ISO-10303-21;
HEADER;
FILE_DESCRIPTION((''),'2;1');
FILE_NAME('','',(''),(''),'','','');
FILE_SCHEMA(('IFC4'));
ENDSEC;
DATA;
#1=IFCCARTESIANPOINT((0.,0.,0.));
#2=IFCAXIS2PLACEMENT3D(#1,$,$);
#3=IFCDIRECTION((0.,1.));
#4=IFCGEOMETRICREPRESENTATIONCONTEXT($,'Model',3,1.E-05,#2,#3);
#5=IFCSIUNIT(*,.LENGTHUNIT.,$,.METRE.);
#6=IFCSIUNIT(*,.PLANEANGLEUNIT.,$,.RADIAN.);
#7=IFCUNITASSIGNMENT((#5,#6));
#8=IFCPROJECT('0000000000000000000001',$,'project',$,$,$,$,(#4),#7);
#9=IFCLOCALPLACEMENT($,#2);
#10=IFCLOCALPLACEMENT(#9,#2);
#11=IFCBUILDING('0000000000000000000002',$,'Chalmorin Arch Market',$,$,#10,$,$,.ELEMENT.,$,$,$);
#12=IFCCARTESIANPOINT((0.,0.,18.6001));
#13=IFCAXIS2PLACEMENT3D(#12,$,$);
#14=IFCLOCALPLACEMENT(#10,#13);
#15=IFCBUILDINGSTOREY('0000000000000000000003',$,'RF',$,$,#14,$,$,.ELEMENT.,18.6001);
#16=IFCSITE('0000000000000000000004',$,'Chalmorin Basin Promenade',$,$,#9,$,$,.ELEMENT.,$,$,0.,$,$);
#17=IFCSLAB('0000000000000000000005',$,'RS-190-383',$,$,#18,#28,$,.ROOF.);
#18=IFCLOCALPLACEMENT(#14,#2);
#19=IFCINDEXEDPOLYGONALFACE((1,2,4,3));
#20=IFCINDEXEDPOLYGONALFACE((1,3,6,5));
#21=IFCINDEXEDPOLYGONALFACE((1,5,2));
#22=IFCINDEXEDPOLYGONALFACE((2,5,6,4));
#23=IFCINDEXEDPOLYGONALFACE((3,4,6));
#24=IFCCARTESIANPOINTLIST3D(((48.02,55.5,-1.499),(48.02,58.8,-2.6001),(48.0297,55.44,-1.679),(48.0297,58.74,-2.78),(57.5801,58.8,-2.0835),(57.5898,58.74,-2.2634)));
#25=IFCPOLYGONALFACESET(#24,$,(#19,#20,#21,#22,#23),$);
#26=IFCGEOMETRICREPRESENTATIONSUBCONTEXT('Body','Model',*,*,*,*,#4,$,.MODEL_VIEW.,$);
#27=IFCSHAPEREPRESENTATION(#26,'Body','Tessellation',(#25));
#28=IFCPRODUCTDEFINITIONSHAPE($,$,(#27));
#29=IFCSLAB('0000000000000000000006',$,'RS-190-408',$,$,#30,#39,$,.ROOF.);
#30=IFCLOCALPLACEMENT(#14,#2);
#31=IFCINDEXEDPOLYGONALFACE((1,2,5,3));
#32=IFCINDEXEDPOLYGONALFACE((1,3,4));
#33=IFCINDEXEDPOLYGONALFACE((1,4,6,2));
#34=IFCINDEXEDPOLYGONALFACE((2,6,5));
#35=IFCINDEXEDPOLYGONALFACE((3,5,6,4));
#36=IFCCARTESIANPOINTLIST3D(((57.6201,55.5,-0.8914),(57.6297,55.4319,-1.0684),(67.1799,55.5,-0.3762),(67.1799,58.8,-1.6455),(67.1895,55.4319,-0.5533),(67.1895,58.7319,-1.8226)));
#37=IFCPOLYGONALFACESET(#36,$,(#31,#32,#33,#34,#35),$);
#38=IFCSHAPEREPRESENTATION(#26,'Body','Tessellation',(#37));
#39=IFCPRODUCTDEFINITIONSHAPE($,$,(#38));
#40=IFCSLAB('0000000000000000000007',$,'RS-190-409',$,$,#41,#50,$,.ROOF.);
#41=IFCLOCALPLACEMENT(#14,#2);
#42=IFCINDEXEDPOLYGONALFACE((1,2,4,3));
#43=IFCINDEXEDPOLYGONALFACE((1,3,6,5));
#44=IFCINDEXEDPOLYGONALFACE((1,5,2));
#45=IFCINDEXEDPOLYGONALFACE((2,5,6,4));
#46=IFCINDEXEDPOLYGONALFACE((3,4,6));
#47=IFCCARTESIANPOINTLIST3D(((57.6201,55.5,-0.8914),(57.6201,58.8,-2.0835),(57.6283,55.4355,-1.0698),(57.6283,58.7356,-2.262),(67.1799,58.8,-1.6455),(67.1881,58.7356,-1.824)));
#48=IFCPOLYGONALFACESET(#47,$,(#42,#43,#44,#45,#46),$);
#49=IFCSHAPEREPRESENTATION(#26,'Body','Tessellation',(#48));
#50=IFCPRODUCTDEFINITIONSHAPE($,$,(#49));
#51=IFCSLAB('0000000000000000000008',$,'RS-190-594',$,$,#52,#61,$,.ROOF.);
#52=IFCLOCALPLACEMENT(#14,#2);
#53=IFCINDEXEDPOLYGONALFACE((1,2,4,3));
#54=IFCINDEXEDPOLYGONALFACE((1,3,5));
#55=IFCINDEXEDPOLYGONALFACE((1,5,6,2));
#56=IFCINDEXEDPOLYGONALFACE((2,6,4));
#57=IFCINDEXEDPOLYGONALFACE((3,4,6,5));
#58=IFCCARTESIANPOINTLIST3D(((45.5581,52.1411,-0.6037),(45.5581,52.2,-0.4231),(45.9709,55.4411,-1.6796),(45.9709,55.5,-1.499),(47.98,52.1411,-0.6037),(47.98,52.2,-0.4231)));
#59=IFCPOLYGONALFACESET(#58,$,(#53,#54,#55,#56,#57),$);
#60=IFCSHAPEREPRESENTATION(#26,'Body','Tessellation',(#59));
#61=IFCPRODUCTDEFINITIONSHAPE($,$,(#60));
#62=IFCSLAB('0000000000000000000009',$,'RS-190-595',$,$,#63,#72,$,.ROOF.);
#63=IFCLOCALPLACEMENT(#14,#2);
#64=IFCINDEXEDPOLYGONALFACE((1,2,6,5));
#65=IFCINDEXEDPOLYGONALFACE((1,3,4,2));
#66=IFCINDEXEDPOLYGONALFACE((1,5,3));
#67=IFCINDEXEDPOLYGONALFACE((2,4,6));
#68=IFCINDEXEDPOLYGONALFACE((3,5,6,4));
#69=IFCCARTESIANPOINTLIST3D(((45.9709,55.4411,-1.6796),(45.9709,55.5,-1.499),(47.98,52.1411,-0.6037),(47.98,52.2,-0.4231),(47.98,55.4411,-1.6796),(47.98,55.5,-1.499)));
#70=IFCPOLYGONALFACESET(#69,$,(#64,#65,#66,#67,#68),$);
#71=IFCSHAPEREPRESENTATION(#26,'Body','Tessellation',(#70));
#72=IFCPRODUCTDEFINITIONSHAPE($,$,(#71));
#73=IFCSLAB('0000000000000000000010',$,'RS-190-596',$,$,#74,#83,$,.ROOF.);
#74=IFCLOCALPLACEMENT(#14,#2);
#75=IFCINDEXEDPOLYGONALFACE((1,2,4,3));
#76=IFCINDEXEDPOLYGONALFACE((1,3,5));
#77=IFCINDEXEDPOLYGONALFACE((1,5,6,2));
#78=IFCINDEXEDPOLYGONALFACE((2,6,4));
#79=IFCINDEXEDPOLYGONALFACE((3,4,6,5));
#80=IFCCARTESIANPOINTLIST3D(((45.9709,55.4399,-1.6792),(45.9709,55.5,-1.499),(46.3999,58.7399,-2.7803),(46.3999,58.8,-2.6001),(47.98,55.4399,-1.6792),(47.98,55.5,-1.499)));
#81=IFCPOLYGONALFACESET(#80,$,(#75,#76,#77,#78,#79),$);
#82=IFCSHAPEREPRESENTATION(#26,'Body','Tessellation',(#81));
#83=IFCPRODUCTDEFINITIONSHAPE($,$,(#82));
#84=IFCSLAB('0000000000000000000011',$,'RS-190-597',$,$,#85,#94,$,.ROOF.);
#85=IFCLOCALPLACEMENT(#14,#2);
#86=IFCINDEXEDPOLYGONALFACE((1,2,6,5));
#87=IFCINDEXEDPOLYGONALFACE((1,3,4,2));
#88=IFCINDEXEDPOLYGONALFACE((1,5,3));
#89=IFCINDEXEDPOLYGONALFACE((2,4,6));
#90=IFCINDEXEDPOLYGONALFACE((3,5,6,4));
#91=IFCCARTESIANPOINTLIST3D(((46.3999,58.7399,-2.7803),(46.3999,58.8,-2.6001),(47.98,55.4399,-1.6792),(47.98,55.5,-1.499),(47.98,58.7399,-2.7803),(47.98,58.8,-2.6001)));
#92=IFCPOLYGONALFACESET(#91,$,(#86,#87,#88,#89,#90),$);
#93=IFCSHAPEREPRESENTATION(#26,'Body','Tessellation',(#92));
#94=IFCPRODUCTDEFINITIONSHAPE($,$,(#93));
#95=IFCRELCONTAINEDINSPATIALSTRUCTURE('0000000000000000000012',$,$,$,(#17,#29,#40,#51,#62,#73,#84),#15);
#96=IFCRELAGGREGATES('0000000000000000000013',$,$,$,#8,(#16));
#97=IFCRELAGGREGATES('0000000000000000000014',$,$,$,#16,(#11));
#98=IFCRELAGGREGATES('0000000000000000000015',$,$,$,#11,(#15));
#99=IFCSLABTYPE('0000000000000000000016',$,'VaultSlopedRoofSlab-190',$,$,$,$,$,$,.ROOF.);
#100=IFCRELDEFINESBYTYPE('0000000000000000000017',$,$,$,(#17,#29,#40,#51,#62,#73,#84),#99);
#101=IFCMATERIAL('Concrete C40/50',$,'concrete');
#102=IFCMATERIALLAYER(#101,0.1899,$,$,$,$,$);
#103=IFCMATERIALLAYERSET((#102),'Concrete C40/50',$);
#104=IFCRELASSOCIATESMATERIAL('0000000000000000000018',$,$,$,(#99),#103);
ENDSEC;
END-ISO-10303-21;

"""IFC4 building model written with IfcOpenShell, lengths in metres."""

from ifc_helpers import new_model, si_unit, direction, frame, origin, place, context, subcontext, project, spatial, polyline, outline, extrude, material, layer, layer_set, type_object, element, save


model = new_model("IFC4")

# Units and contexts
model_context = context("Model", 3, precision=1e-05, world=origin(), true_north=direction((0.0, 1.0)))
body_context = subcontext(model_context, "Body", "Model", "MODEL_VIEW")
ifc_project = project(units=[si_unit("LENGTHUNIT", "METRE"), si_unit("PLANEANGLEUNIT", "RADIAN")], contexts=[model_context])

# Site, building, storey
site_placement = place(None, origin())
site = spatial("IfcSite", under=ifc_project, at=site_placement, Name="Chalmorin Basin Promenade", CompositionType="ELEMENT", RefElevation=0.0)
building_placement = place(site_placement, origin())
building = spatial("IfcBuilding", under=site, at=building_placement, Name="Chalmorin Arch Market", CompositionType="ELEMENT")
storey_placement = place(building_placement, frame((0.0, 0.0, 18.6001)))
storey = spatial("IfcBuildingStorey", under=building, at=storey_placement, Name="RF", CompositionType="ELEMENT", Elevation=18.6001)

# Slabs
ifc_material_1 = material(Name="Concrete C40/50", Category="concrete")
ifc_layer_1 = layer(ifc_material_1, 0.1899)
ifc_layer_set_1 = layer_set([ifc_layer_1], Name="Concrete C40/50")
slab_type_1 = type_object("IfcSlabType", Name="VaultSlopedRoofSlab-190", PredefinedType="ROOF", material=ifc_layer_set_1)
slab_1_placement = place(storey_placement, frame((48.02, 55.5, -1.499), z_axis=(-0.051192, 0.316086, 0.947348), x_axis=(0.943692, 0.325754, -0.057694)))
element("IfcSlab", 1, at=slab_1_placement, inside=storey, type_object=slab_type_1, Name="RS-190-383", PredefinedType="ROOF", context=body_context, shape_type="SweptSolid", body=[
    extrude(outline(polyline([(0.0, 0.0), (10.1305, 0.0), (1.1385, 3.2873), (0.0, 0.0)])), origin(), (0.0, 0.0, -1.0), 0.1899),
])
slab_2_placement = place(storey_placement, frame((57.6201, 55.5, -0.8914), z_axis=(-0.05023, 0.358535, 0.932164), x_axis=(0.998551, 0.0, 0.053808)))
element("IfcSlab", 2, at=slab_2_placement, inside=storey, type_object=slab_type_1, Name="RS-190-408", PredefinedType="ROOF", context=body_context, shape_type="SweptSolid", body=[
    extrude(outline(polyline([(0.0, 0.0), (9.5737, 0.0), (9.5054, 3.5351), (0.0, 0.0)])), origin(), (0.0, 0.0, -1.0), 0.1899),
])
slab_3_placement = place(storey_placement, frame((57.6201, 55.5, -0.8914), z_axis=(-0.04305, 0.339444, 0.939641), x_axis=(0.942647, 0.325402, -0.074363)))
element("IfcSlab", 3, at=slab_3_placement, inside=storey, type_object=slab_type_1, Name="RS-190-409", PredefinedType="ROOF", context=body_context, shape_type="SweptSolid", body=[
    extrude(outline(polyline([(0.0, 0.0), (10.1415, 0.0), (1.1625, 3.3106), (0.0, 0.0)])), origin(), (0.0, 0.0, -1.0), 0.1899),
])
slab_4_placement = place(storey_placement, frame((45.9709, 55.5, -1.499), z_axis=(0.0, 0.309975, 0.950745), x_axis=(-0.118107, -0.94409, 0.307805)))
element("IfcSlab", 4, at=slab_4_placement, inside=storey, type_object=slab_type_1, Name="RS-190-594", PredefinedType="ROOF", context=body_context, shape_type="SweptSolid", body=[
    extrude(outline(polyline([(0.0, 0.0), (3.4955, 0.0), (3.2094, 2.4049), (0.0, 0.0)])), origin(), (0.0, 0.0, -1.0), 0.1899),
])
slab_5_placement = place(storey_placement, frame((47.98, 55.5, -1.499), z_axis=(0.0, 0.309975, 0.950745), x_axis=(-1.0, 0.0, 0.0)))
element("IfcSlab", 5, at=slab_5_placement, inside=storey, type_object=slab_type_1, Name="RS-190-595", PredefinedType="ROOF", context=body_context, shape_type="SweptSolid", body=[
    extrude(outline(polyline([(0.0, 0.0), (2.009, 0.0), (0.0, 3.471), (0.0, 0.0)])), origin(), (0.0, 0.0, -1.0), 0.1899),
])
slab_6_placement = place(storey_placement, frame((46.3999, 58.8, -2.6001), z_axis=(0.0, 0.316501, 0.948592), x_axis=(-0.122375, -0.941462, 0.314123)))
element("IfcSlab", 6, at=slab_6_placement, inside=storey, type_object=slab_type_1, Name="RS-190-596", PredefinedType="ROOF", context=body_context, shape_type="SweptSolid", body=[
    extrude(outline(polyline([(0.0, 0.0), (3.5052, 0.0), (3.2594, 1.9939), (0.0, 0.0)])), origin(), (0.0, 0.0, -1.0), 0.1899),
])
slab_7_placement = place(storey_placement, frame((47.98, 58.8, -2.6001), z_axis=(0.0, 0.316501, 0.948592), x_axis=(-1.0, 0.0, 0.0)))
element("IfcSlab", 7, at=slab_7_placement, inside=storey, type_object=slab_type_1, Name="RS-190-597", PredefinedType="ROOF", context=body_context, shape_type="SweptSolid", body=[
    extrude(outline(polyline([(0.0, 0.0), (1.5801, 0.0), (0.0, 3.4789), (0.0, 0.0)])), origin(), (0.0, 0.0, -1.0), 0.1899),
])

save(model, "model.ifc")
